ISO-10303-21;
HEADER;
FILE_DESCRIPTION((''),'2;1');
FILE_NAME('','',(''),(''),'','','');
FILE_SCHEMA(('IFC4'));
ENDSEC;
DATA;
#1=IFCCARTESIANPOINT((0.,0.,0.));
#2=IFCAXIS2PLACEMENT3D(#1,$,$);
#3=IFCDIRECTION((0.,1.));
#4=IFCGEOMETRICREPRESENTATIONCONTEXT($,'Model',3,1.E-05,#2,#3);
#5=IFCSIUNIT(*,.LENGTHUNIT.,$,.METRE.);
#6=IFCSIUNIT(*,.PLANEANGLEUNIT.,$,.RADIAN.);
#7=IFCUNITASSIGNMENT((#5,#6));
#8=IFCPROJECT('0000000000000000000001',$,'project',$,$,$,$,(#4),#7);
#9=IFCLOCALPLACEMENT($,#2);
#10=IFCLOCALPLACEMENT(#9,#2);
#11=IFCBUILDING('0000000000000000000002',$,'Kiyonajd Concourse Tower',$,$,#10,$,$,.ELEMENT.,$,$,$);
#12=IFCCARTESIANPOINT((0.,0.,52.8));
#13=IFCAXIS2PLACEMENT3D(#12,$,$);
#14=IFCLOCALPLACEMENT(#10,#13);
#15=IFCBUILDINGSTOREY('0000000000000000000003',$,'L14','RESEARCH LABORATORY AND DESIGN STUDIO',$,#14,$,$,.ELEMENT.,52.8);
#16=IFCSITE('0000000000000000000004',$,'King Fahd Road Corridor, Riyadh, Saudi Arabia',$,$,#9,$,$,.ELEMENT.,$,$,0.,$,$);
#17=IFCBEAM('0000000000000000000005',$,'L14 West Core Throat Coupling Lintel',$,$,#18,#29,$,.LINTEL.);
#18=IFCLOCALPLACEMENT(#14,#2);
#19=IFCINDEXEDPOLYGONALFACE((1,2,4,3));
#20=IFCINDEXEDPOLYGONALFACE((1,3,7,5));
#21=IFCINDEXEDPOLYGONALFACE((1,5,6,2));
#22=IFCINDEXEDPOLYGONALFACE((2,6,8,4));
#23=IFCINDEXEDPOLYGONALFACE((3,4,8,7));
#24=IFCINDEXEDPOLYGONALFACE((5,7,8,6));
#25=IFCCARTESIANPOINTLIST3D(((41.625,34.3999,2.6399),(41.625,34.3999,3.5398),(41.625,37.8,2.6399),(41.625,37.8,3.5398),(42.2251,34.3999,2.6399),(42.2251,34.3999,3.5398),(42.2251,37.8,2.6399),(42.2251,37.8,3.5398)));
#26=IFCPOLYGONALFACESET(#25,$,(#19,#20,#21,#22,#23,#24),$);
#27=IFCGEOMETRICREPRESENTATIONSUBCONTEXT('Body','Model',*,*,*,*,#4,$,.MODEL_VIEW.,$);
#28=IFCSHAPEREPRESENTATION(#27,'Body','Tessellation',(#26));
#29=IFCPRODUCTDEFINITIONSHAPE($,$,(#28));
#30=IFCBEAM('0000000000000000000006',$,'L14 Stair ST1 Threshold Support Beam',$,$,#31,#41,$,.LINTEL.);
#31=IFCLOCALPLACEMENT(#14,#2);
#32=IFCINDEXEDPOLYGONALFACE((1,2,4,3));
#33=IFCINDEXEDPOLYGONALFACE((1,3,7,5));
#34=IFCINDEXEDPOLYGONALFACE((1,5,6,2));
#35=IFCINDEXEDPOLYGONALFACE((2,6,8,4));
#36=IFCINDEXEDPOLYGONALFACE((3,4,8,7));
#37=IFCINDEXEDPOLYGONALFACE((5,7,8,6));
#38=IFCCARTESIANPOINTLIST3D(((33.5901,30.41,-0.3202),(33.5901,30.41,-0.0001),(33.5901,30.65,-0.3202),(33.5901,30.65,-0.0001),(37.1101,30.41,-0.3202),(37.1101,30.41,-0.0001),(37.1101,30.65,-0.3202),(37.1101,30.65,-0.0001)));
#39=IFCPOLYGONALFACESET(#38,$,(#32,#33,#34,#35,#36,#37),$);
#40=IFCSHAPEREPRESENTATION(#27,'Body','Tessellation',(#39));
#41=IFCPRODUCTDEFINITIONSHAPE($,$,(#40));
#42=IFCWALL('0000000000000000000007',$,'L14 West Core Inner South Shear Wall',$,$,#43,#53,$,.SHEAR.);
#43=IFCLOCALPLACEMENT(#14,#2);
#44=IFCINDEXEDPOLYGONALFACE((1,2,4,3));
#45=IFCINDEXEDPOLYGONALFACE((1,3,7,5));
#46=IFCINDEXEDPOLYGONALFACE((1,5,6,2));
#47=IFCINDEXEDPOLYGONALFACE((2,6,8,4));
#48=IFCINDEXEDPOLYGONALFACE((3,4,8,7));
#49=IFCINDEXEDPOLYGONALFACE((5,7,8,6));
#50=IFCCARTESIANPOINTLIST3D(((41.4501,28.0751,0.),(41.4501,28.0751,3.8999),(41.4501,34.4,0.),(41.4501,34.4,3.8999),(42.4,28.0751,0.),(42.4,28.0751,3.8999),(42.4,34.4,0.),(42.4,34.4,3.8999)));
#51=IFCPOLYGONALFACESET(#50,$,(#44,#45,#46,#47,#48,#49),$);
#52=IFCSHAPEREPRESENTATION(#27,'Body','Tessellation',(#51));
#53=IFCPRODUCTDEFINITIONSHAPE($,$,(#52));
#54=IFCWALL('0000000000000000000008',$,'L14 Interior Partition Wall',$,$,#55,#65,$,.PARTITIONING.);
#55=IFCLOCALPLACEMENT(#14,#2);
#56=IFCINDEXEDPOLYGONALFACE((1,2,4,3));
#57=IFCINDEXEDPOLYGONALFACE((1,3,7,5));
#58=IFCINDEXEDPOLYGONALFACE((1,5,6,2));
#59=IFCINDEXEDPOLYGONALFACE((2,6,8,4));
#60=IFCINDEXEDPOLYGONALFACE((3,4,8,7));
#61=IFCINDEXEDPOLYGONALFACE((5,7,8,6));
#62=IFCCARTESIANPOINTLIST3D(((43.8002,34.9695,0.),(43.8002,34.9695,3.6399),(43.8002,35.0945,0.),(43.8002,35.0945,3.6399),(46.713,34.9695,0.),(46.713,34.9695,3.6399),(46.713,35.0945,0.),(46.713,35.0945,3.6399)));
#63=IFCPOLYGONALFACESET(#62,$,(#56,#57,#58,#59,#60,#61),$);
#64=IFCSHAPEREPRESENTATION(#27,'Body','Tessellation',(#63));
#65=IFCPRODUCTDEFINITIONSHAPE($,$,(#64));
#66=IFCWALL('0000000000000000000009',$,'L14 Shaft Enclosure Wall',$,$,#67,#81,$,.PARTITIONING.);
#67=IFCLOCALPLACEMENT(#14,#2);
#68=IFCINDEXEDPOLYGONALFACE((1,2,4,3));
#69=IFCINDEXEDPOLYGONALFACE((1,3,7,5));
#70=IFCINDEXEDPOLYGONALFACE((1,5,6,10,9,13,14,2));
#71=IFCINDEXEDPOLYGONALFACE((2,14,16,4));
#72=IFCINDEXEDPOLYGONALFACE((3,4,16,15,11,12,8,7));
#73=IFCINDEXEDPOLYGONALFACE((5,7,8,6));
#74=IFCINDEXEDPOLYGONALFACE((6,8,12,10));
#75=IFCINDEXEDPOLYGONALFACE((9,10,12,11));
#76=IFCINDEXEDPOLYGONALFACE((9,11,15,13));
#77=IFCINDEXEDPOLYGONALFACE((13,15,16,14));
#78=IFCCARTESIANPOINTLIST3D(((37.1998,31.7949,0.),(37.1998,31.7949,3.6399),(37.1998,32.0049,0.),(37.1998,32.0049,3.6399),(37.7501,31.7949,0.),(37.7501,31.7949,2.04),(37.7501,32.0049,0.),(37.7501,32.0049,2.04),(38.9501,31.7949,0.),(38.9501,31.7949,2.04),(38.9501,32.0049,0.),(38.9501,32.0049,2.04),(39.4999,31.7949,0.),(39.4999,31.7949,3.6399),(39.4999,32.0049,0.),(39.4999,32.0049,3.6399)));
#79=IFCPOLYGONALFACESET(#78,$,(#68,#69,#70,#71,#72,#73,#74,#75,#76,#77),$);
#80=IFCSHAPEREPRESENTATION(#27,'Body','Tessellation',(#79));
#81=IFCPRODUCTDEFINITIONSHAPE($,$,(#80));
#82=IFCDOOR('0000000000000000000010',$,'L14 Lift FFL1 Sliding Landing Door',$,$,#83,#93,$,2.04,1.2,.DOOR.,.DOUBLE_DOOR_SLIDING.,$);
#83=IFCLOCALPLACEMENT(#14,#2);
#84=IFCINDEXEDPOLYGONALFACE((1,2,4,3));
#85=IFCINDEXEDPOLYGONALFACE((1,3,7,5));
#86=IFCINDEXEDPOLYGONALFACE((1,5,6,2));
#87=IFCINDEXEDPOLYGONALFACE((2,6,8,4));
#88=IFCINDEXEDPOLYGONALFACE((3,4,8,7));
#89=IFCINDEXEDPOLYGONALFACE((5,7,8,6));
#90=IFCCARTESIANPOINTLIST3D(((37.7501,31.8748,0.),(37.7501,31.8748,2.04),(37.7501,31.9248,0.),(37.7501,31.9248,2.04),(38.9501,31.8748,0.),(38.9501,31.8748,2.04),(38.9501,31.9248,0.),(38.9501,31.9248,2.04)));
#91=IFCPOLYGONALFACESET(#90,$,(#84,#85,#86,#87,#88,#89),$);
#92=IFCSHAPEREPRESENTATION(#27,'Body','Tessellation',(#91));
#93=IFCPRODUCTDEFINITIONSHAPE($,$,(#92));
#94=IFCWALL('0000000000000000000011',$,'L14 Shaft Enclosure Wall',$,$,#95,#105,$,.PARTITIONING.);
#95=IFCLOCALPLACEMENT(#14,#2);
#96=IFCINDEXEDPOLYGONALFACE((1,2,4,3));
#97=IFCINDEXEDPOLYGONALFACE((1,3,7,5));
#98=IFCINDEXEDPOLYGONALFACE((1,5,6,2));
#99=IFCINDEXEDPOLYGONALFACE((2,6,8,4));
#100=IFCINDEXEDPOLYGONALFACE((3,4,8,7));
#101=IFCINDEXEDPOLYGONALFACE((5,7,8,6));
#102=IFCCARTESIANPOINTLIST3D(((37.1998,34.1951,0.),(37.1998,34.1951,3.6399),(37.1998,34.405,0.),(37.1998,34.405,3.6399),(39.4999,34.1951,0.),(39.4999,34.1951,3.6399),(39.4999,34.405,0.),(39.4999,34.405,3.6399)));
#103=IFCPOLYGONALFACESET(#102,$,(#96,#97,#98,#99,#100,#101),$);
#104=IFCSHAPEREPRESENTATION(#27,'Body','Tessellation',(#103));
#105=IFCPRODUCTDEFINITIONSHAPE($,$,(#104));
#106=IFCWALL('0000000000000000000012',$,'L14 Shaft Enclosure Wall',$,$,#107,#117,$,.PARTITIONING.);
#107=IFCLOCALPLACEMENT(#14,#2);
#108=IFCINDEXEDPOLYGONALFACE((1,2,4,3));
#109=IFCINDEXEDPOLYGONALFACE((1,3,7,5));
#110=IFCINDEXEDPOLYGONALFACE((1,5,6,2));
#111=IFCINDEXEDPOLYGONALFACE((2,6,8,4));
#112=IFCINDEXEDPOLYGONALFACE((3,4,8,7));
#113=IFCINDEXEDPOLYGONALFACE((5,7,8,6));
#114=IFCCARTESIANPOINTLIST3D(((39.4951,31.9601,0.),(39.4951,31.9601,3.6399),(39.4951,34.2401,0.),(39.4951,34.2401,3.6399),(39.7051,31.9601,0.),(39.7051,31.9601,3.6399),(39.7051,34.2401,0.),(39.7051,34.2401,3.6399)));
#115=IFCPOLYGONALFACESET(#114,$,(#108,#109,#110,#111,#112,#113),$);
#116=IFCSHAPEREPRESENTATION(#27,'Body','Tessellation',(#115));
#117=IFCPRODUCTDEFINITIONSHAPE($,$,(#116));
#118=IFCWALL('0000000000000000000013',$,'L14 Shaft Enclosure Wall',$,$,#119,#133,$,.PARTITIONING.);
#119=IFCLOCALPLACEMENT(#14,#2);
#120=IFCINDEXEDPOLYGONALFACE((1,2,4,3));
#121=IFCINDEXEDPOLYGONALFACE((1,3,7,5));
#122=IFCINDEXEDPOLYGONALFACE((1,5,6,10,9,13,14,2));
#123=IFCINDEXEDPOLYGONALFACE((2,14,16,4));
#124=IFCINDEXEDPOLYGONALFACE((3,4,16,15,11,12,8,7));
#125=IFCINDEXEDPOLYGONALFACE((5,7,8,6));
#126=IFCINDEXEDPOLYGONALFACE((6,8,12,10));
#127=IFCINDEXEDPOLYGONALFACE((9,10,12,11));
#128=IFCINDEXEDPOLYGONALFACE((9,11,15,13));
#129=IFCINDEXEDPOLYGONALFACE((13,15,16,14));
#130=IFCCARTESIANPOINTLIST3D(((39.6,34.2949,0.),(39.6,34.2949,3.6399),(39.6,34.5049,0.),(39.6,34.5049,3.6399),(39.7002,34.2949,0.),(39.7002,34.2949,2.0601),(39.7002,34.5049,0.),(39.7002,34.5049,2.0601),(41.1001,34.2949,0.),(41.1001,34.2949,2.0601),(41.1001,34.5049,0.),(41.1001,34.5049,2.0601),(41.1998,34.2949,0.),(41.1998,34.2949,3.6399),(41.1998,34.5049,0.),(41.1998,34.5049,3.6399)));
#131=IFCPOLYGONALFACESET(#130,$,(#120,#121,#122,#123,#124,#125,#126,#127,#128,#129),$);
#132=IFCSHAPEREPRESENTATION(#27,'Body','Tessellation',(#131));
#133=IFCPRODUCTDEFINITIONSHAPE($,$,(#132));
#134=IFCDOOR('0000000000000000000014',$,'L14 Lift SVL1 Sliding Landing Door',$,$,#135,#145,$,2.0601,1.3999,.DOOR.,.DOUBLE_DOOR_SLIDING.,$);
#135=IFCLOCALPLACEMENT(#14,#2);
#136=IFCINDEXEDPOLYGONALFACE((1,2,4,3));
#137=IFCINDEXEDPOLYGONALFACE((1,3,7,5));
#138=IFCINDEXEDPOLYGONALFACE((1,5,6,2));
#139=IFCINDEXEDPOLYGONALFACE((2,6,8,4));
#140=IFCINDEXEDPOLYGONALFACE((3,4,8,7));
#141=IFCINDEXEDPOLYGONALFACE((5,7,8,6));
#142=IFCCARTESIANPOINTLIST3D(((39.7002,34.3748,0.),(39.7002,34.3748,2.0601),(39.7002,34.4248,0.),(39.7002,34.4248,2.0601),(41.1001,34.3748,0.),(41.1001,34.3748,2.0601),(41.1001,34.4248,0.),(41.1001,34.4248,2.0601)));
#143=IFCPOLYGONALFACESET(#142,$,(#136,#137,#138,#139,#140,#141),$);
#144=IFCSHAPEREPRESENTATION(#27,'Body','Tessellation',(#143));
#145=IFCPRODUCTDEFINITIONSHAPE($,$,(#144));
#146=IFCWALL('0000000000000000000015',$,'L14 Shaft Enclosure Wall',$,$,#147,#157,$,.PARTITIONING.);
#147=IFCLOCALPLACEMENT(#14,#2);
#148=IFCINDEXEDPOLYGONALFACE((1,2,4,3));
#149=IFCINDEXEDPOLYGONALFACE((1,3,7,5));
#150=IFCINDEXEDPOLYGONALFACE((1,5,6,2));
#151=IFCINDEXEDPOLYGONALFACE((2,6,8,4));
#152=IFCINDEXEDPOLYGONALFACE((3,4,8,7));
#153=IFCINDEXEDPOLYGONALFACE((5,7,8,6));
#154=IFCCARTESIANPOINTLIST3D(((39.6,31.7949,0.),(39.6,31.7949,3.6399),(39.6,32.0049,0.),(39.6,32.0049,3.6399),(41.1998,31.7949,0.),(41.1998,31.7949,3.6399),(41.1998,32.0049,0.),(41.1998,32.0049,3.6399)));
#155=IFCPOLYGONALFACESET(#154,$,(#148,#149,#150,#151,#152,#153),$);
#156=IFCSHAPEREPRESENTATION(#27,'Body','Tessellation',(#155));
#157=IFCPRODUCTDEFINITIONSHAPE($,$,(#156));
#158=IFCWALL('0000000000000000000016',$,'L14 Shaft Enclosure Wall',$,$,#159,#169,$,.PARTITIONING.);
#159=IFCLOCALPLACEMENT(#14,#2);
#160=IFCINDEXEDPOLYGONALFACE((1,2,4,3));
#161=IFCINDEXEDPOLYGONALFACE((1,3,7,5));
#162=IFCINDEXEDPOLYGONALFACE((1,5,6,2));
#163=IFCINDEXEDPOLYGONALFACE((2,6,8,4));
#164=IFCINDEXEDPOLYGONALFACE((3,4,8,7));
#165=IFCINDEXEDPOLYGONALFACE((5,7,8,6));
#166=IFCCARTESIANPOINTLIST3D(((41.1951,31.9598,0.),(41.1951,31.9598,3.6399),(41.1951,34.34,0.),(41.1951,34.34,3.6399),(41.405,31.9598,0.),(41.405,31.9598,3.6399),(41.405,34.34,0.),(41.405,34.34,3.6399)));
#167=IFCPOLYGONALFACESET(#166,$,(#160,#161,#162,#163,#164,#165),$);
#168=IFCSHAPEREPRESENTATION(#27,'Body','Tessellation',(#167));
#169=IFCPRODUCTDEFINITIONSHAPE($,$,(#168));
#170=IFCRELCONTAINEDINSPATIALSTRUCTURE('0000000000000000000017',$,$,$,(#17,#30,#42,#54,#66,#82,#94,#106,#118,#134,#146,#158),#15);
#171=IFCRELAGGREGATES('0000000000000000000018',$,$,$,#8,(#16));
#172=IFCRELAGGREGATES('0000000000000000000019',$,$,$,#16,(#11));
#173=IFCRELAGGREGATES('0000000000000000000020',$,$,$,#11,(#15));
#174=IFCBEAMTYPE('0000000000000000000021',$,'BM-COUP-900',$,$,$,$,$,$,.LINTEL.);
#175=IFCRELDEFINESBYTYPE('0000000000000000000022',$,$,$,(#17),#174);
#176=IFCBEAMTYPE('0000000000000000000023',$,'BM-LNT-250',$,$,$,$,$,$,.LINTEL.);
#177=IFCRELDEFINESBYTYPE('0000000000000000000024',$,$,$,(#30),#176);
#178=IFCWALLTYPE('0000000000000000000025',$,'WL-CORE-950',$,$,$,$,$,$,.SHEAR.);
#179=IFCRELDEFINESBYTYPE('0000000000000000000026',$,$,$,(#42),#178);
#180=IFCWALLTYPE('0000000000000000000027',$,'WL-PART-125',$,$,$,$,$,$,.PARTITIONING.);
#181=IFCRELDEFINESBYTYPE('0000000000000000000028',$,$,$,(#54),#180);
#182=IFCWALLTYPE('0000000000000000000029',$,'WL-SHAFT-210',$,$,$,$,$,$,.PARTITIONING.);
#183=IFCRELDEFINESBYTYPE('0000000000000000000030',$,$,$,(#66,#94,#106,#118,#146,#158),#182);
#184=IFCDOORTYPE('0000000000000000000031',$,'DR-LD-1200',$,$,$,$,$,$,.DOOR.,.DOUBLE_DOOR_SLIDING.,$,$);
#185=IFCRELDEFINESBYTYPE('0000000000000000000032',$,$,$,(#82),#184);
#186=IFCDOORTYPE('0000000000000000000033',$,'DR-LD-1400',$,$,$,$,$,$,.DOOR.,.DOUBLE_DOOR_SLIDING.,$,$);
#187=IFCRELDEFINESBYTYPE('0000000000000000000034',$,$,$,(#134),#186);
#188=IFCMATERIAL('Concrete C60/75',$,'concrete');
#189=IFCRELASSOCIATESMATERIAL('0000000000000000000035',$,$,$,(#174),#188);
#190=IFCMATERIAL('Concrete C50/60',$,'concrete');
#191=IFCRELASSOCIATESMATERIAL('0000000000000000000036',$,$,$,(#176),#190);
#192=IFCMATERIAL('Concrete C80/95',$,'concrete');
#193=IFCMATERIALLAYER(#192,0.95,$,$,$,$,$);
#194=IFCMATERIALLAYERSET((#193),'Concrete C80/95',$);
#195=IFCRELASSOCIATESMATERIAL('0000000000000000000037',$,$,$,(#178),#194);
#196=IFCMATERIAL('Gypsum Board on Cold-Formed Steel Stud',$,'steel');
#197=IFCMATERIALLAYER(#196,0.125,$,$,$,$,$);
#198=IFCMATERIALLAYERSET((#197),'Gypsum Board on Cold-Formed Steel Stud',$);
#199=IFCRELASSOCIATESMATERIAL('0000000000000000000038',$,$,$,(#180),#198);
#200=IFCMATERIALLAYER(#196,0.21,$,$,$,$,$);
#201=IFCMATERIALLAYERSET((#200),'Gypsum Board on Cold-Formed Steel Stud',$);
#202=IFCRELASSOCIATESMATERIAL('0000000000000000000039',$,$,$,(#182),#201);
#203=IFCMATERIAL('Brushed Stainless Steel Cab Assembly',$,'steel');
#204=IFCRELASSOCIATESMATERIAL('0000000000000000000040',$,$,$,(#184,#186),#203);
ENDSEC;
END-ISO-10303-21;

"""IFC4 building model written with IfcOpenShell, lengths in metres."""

from ifc_helpers import new_model, si_unit, direction, frame, frame_2d, origin, origin_2d, place, context, subcontext, project, spatial, rectangle, extrude, material, layer, layer_set, material_profile, profile_set, type_object, element, fill, save


model = new_model("IFC4")

# Units and contexts
model_context = context("Model", 3, precision=1e-05, world=origin(), true_north=direction((0.0, 1.0)))
body_context = subcontext(model_context, "Body", "Model", "MODEL_VIEW")
ifc_project = project(units=[si_unit("LENGTHUNIT", "METRE"), si_unit("PLANEANGLEUNIT", "RADIAN")], contexts=[model_context])

# Site, building, storey
site_placement = place(None, origin())
site = spatial("IfcSite", under=ifc_project, at=site_placement, Name="King Fahd Road Corridor, Riyadh, Saudi Arabia", CompositionType="ELEMENT", RefElevation=0.0)
building_placement = place(site_placement, origin())
building = spatial("IfcBuilding", under=site, at=building_placement, Name="Kiyonajd Concourse Tower", CompositionType="ELEMENT")
storey_placement = place(building_placement, frame((0.0, 0.0, 52.8)))
storey = spatial("IfcBuildingStorey", under=building, at=storey_placement, Name="L14", Description="RESEARCH LABORATORY AND DESIGN STUDIO", CompositionType="ELEMENT", Elevation=52.8)

# Beams
ifc_material_1 = material(Name="Concrete C60/75", Category="concrete")
ifc_material_profile_1 = material_profile(ifc_material_1, rectangle(XDim=0.6001, YDim=0.8999, at=origin_2d()), Name="RCBM-600x900")
ifc_profile_set_1 = profile_set([ifc_material_profile_1], Name="Concrete C60/75")
beam_type_1 = type_object("IfcBeamType", Name="BM-COUP-900", PredefinedType="LINTEL", material=ifc_profile_set_1)
beam_1_placement = place(storey_placement, frame((41.925, 34.3999, 3.0898), z_axis=(0.0, 1.0, 0.0), x_axis=(-1.0, 0.0, 0.0)))
element("IfcBeam", 1, at=beam_1_placement, inside=storey, type_object=beam_type_1, Name="L14 West Core Throat Coupling Lintel", PredefinedType="LINTEL", context=body_context, shape_type="SweptSolid", body=[
    extrude(rectangle(XDim=0.6001, YDim=0.8999, at=origin_2d()), origin(), (0.0, 0.0, 1.0), 3.4001),
])
ifc_material_2 = material(Name="Concrete C50/60", Category="concrete")
ifc_material_profile_2 = material_profile(ifc_material_2, rectangle(XDim=0.24, YDim=0.3201, at=origin_2d()), Name="RCBM-240x320")
ifc_profile_set_2 = profile_set([ifc_material_profile_2], Name="Concrete C50/60")
beam_type_2 = type_object("IfcBeamType", Name="BM-LNT-250", PredefinedType="LINTEL", material=ifc_profile_set_2)
beam_2_placement = place(storey_placement, frame((33.5901, 30.53, -0.1602), z_axis=(1.0, 0.0, 0.0), x_axis=(0.0, 1.0, 0.0)))
element("IfcBeam", 2, at=beam_2_placement, inside=storey, type_object=beam_type_2, Name="L14 Stair ST1 Threshold Support Beam", PredefinedType="LINTEL", context=body_context, shape_type="SweptSolid", body=[
    extrude(rectangle(XDim=0.24, YDim=0.3201, at=origin_2d()), origin(), (0.0, 0.0, 1.0), 3.52),
])

# Walls
ifc_material_3 = material(Name="Concrete C80/95", Category="concrete")
ifc_layer_1 = layer(ifc_material_3, 0.95)
ifc_layer_set_1 = layer_set([ifc_layer_1], Name="Concrete C80/95")
wall_type_1 = type_object("IfcWallType", Name="WL-CORE-950", PredefinedType="SHEAR", material=ifc_layer_set_1)
wall_1_placement = place(storey_placement, frame((41.925, 28.075, 0.0), z_axis=(0.0, 0.0, 1.0), x_axis=(0.0, 1.0, 0.0)))
element("IfcWall", 3, at=wall_1_placement, inside=storey, type_object=wall_type_1, Name="L14 West Core Inner South Shear Wall", PredefinedType="SHEAR", context=body_context, shape_type="SweptSolid", body=[
    extrude(rectangle(XDim=6.325, YDim=0.95, at=frame_2d((3.1626, 0.0))), origin(), (0.0, 0.0, 1.0), 3.8999),
])
ifc_material_4 = material(Name="Gypsum Board on Cold-Formed Steel Stud", Category="steel")
ifc_layer_2 = layer(ifc_material_4, 0.125)
ifc_layer_set_2 = layer_set([ifc_layer_2], Name="Gypsum Board on Cold-Formed Steel Stud")
wall_type_2 = type_object("IfcWallType", Name="WL-PART-125", PredefinedType="PARTITIONING", material=ifc_layer_set_2)
wall_2_placement = place(storey_placement, frame((43.8, 35.032, 0.0), z_axis=(0.0, 0.0, 1.0), x_axis=(1.0, 0.0, 0.0)))
element("IfcWall", 4, at=wall_2_placement, inside=storey, type_object=wall_type_2, Name="L14 Interior Partition Wall", PredefinedType="PARTITIONING", context=body_context, shape_type="SweptSolid", body=[
    extrude(rectangle(XDim=2.9128, YDim=0.125, at=frame_2d((1.4565, 0.0))), origin(), (0.0, 0.0, 1.0), 3.6399),
])

# Wall, opening, door
ifc_layer_3 = layer(ifc_material_4, 0.21)
ifc_layer_set_3 = layer_set([ifc_layer_3], Name="Gypsum Board on Cold-Formed Steel Stud")
wall_type_3 = type_object("IfcWallType", Name="WL-SHAFT-210", PredefinedType="PARTITIONING", material=ifc_layer_set_3)
wall_3_placement = place(storey_placement, frame((37.2, 31.8999, 0.0), z_axis=(0.0, 0.0, 1.0), x_axis=(1.0, 0.0, 0.0)))
wall_3 = element("IfcWall", 5, at=wall_3_placement, inside=storey, type_object=wall_type_3, Name="L14 Shaft Enclosure Wall", PredefinedType="PARTITIONING", context=body_context, shape_type="SweptSolid", body=[
    extrude(rectangle(XDim=2.3, YDim=0.21, at=frame_2d((1.1499, 0.0))), origin(), (0.0, 0.0, 1.0), 3.6399),
])
opening_1_placement = place(wall_3_placement, frame((0.55, 0.0, 0.0)))
opening_1 = element("IfcOpeningElement", 6, at=opening_1_placement, cuts=wall_3, PredefinedType="OPENING", context=body_context, shape_type="SweptSolid", body=[
    extrude(rectangle(XDim=1.2, YDim=2.04, at=frame_2d((0.6001, 1.02))), frame((0.0, 0.115, 0.0), z_axis=(0.0, -1.0, 0.0), x_axis=(1.0, 0.0, 0.0)), (0.0, 0.0, 1.0), 0.23),
])
ifc_material_5 = material(Name="Brushed Stainless Steel Cab Assembly", Category="steel")
door_type_1 = type_object("IfcDoorType", Name="DR-LD-1200", OperationType="DOUBLE_DOOR_SLIDING", PredefinedType="DOOR", material=ifc_material_5)
door_1_placement = place(opening_1_placement, origin())
door_1 = element("IfcDoor", 7, at=door_1_placement, inside=storey, type_object=door_type_1, Name="L14 Lift FFL1 Sliding Landing Door", OperationType="DOUBLE_DOOR_SLIDING", OverallHeight=2.04, OverallWidth=1.2, PredefinedType="DOOR", context=body_context, shape_type="SweptSolid", body=[
    extrude(rectangle(XDim=1.2, YDim=2.04, at=frame_2d((0.6001, 1.02))), frame((0.0, 0.0249, 0.0), z_axis=(0.0, -1.0, 0.0), x_axis=(1.0, 0.0, 0.0)), (0.0, 0.0, 1.0), 0.05),
])
fill(opening_1, door_1)

# Walls
wall_4_placement = place(storey_placement, frame((37.2, 34.3, 0.0), z_axis=(0.0, 0.0, 1.0), x_axis=(1.0, 0.0, 0.0)))
element("IfcWall", 8, at=wall_4_placement, inside=storey, type_object=wall_type_3, Name="L14 Shaft Enclosure Wall", PredefinedType="PARTITIONING", context=body_context, shape_type="SweptSolid", body=[
    extrude(rectangle(XDim=2.3, YDim=0.21, at=frame_2d((1.1499, 0.0))), origin(), (0.0, 0.0, 1.0), 3.6399),
])
wall_5_placement = place(storey_placement, frame((39.6001, 31.96, 0.0), z_axis=(0.0, 0.0, 1.0), x_axis=(0.0, 1.0, 0.0)))
element("IfcWall", 9, at=wall_5_placement, inside=storey, type_object=wall_type_3, Name="L14 Shaft Enclosure Wall", PredefinedType="PARTITIONING", context=body_context, shape_type="SweptSolid", body=[
    extrude(rectangle(XDim=2.28, YDim=0.21, at=frame_2d((1.1401, 0.0))), origin(), (0.0, 0.0, 1.0), 3.6399),
])

# Wall, opening, door
wall_6_placement = place(storey_placement, frame((39.6001, 34.3999, 0.0), z_axis=(0.0, 0.0, 1.0), x_axis=(1.0, 0.0, 0.0)))
wall_6 = element("IfcWall", 10, at=wall_6_placement, inside=storey, type_object=wall_type_3, Name="L14 Shaft Enclosure Wall", PredefinedType="PARTITIONING", context=body_context, shape_type="SweptSolid", body=[
    extrude(rectangle(XDim=1.5999, YDim=0.21, at=frame_2d((0.7998, 0.0))), origin(), (0.0, 0.0, 1.0), 3.6399),
])
opening_2_placement = place(wall_6_placement, frame((0.1001, 0.0, 0.0)))
opening_2 = element("IfcOpeningElement", 11, at=opening_2_placement, cuts=wall_6, PredefinedType="OPENING", context=body_context, shape_type="SweptSolid", body=[
    extrude(rectangle(XDim=1.3999, YDim=2.0601, at=frame_2d((0.7, 1.03))), frame((0.0, 0.115, 0.0), z_axis=(0.0, -1.0, 0.0), x_axis=(1.0, 0.0, 0.0)), (0.0, 0.0, 1.0), 0.23),
])
door_type_2 = type_object("IfcDoorType", Name="DR-LD-1400", OperationType="DOUBLE_DOOR_SLIDING", PredefinedType="DOOR", material=ifc_material_5)
door_2_placement = place(opening_2_placement, origin())
door_2 = element("IfcDoor", 12, at=door_2_placement, inside=storey, type_object=door_type_2, Name="L14 Lift SVL1 Sliding Landing Door", OperationType="DOUBLE_DOOR_SLIDING", OverallHeight=2.0601, OverallWidth=1.3999, PredefinedType="DOOR", context=body_context, shape_type="SweptSolid", body=[
    extrude(rectangle(XDim=1.3999, YDim=2.0601, at=frame_2d((0.7, 1.03))), frame((0.0, 0.0249, 0.0), z_axis=(0.0, -1.0, 0.0), x_axis=(1.0, 0.0, 0.0)), (0.0, 0.0, 1.0), 0.05),
])
fill(opening_2, door_2)

# Walls
wall_7_placement = place(storey_placement, frame((39.6001, 31.8999, 0.0), z_axis=(0.0, 0.0, 1.0), x_axis=(1.0, 0.0, 0.0)))
element("IfcWall", 13, at=wall_7_placement, inside=storey, type_object=wall_type_3, Name="L14 Shaft Enclosure Wall", PredefinedType="PARTITIONING", context=body_context, shape_type="SweptSolid", body=[
    extrude(rectangle(XDim=1.5999, YDim=0.21, at=frame_2d((0.7998, 0.0))), origin(), (0.0, 0.0, 1.0), 3.6399),
])
wall_8_placement = place(storey_placement, frame((41.3, 31.96, 0.0), z_axis=(0.0, 0.0, 1.0), x_axis=(0.0, 1.0, 0.0)))
element("IfcWall", 14, at=wall_8_placement, inside=storey, type_object=wall_type_3, Name="L14 Shaft Enclosure Wall", PredefinedType="PARTITIONING", context=body_context, shape_type="SweptSolid", body=[
    extrude(rectangle(XDim=2.3801, YDim=0.21, at=frame_2d((1.1899, 0.0))), origin(), (0.0, 0.0, 1.0), 3.6399),
])

save(model, "model.ifc")
